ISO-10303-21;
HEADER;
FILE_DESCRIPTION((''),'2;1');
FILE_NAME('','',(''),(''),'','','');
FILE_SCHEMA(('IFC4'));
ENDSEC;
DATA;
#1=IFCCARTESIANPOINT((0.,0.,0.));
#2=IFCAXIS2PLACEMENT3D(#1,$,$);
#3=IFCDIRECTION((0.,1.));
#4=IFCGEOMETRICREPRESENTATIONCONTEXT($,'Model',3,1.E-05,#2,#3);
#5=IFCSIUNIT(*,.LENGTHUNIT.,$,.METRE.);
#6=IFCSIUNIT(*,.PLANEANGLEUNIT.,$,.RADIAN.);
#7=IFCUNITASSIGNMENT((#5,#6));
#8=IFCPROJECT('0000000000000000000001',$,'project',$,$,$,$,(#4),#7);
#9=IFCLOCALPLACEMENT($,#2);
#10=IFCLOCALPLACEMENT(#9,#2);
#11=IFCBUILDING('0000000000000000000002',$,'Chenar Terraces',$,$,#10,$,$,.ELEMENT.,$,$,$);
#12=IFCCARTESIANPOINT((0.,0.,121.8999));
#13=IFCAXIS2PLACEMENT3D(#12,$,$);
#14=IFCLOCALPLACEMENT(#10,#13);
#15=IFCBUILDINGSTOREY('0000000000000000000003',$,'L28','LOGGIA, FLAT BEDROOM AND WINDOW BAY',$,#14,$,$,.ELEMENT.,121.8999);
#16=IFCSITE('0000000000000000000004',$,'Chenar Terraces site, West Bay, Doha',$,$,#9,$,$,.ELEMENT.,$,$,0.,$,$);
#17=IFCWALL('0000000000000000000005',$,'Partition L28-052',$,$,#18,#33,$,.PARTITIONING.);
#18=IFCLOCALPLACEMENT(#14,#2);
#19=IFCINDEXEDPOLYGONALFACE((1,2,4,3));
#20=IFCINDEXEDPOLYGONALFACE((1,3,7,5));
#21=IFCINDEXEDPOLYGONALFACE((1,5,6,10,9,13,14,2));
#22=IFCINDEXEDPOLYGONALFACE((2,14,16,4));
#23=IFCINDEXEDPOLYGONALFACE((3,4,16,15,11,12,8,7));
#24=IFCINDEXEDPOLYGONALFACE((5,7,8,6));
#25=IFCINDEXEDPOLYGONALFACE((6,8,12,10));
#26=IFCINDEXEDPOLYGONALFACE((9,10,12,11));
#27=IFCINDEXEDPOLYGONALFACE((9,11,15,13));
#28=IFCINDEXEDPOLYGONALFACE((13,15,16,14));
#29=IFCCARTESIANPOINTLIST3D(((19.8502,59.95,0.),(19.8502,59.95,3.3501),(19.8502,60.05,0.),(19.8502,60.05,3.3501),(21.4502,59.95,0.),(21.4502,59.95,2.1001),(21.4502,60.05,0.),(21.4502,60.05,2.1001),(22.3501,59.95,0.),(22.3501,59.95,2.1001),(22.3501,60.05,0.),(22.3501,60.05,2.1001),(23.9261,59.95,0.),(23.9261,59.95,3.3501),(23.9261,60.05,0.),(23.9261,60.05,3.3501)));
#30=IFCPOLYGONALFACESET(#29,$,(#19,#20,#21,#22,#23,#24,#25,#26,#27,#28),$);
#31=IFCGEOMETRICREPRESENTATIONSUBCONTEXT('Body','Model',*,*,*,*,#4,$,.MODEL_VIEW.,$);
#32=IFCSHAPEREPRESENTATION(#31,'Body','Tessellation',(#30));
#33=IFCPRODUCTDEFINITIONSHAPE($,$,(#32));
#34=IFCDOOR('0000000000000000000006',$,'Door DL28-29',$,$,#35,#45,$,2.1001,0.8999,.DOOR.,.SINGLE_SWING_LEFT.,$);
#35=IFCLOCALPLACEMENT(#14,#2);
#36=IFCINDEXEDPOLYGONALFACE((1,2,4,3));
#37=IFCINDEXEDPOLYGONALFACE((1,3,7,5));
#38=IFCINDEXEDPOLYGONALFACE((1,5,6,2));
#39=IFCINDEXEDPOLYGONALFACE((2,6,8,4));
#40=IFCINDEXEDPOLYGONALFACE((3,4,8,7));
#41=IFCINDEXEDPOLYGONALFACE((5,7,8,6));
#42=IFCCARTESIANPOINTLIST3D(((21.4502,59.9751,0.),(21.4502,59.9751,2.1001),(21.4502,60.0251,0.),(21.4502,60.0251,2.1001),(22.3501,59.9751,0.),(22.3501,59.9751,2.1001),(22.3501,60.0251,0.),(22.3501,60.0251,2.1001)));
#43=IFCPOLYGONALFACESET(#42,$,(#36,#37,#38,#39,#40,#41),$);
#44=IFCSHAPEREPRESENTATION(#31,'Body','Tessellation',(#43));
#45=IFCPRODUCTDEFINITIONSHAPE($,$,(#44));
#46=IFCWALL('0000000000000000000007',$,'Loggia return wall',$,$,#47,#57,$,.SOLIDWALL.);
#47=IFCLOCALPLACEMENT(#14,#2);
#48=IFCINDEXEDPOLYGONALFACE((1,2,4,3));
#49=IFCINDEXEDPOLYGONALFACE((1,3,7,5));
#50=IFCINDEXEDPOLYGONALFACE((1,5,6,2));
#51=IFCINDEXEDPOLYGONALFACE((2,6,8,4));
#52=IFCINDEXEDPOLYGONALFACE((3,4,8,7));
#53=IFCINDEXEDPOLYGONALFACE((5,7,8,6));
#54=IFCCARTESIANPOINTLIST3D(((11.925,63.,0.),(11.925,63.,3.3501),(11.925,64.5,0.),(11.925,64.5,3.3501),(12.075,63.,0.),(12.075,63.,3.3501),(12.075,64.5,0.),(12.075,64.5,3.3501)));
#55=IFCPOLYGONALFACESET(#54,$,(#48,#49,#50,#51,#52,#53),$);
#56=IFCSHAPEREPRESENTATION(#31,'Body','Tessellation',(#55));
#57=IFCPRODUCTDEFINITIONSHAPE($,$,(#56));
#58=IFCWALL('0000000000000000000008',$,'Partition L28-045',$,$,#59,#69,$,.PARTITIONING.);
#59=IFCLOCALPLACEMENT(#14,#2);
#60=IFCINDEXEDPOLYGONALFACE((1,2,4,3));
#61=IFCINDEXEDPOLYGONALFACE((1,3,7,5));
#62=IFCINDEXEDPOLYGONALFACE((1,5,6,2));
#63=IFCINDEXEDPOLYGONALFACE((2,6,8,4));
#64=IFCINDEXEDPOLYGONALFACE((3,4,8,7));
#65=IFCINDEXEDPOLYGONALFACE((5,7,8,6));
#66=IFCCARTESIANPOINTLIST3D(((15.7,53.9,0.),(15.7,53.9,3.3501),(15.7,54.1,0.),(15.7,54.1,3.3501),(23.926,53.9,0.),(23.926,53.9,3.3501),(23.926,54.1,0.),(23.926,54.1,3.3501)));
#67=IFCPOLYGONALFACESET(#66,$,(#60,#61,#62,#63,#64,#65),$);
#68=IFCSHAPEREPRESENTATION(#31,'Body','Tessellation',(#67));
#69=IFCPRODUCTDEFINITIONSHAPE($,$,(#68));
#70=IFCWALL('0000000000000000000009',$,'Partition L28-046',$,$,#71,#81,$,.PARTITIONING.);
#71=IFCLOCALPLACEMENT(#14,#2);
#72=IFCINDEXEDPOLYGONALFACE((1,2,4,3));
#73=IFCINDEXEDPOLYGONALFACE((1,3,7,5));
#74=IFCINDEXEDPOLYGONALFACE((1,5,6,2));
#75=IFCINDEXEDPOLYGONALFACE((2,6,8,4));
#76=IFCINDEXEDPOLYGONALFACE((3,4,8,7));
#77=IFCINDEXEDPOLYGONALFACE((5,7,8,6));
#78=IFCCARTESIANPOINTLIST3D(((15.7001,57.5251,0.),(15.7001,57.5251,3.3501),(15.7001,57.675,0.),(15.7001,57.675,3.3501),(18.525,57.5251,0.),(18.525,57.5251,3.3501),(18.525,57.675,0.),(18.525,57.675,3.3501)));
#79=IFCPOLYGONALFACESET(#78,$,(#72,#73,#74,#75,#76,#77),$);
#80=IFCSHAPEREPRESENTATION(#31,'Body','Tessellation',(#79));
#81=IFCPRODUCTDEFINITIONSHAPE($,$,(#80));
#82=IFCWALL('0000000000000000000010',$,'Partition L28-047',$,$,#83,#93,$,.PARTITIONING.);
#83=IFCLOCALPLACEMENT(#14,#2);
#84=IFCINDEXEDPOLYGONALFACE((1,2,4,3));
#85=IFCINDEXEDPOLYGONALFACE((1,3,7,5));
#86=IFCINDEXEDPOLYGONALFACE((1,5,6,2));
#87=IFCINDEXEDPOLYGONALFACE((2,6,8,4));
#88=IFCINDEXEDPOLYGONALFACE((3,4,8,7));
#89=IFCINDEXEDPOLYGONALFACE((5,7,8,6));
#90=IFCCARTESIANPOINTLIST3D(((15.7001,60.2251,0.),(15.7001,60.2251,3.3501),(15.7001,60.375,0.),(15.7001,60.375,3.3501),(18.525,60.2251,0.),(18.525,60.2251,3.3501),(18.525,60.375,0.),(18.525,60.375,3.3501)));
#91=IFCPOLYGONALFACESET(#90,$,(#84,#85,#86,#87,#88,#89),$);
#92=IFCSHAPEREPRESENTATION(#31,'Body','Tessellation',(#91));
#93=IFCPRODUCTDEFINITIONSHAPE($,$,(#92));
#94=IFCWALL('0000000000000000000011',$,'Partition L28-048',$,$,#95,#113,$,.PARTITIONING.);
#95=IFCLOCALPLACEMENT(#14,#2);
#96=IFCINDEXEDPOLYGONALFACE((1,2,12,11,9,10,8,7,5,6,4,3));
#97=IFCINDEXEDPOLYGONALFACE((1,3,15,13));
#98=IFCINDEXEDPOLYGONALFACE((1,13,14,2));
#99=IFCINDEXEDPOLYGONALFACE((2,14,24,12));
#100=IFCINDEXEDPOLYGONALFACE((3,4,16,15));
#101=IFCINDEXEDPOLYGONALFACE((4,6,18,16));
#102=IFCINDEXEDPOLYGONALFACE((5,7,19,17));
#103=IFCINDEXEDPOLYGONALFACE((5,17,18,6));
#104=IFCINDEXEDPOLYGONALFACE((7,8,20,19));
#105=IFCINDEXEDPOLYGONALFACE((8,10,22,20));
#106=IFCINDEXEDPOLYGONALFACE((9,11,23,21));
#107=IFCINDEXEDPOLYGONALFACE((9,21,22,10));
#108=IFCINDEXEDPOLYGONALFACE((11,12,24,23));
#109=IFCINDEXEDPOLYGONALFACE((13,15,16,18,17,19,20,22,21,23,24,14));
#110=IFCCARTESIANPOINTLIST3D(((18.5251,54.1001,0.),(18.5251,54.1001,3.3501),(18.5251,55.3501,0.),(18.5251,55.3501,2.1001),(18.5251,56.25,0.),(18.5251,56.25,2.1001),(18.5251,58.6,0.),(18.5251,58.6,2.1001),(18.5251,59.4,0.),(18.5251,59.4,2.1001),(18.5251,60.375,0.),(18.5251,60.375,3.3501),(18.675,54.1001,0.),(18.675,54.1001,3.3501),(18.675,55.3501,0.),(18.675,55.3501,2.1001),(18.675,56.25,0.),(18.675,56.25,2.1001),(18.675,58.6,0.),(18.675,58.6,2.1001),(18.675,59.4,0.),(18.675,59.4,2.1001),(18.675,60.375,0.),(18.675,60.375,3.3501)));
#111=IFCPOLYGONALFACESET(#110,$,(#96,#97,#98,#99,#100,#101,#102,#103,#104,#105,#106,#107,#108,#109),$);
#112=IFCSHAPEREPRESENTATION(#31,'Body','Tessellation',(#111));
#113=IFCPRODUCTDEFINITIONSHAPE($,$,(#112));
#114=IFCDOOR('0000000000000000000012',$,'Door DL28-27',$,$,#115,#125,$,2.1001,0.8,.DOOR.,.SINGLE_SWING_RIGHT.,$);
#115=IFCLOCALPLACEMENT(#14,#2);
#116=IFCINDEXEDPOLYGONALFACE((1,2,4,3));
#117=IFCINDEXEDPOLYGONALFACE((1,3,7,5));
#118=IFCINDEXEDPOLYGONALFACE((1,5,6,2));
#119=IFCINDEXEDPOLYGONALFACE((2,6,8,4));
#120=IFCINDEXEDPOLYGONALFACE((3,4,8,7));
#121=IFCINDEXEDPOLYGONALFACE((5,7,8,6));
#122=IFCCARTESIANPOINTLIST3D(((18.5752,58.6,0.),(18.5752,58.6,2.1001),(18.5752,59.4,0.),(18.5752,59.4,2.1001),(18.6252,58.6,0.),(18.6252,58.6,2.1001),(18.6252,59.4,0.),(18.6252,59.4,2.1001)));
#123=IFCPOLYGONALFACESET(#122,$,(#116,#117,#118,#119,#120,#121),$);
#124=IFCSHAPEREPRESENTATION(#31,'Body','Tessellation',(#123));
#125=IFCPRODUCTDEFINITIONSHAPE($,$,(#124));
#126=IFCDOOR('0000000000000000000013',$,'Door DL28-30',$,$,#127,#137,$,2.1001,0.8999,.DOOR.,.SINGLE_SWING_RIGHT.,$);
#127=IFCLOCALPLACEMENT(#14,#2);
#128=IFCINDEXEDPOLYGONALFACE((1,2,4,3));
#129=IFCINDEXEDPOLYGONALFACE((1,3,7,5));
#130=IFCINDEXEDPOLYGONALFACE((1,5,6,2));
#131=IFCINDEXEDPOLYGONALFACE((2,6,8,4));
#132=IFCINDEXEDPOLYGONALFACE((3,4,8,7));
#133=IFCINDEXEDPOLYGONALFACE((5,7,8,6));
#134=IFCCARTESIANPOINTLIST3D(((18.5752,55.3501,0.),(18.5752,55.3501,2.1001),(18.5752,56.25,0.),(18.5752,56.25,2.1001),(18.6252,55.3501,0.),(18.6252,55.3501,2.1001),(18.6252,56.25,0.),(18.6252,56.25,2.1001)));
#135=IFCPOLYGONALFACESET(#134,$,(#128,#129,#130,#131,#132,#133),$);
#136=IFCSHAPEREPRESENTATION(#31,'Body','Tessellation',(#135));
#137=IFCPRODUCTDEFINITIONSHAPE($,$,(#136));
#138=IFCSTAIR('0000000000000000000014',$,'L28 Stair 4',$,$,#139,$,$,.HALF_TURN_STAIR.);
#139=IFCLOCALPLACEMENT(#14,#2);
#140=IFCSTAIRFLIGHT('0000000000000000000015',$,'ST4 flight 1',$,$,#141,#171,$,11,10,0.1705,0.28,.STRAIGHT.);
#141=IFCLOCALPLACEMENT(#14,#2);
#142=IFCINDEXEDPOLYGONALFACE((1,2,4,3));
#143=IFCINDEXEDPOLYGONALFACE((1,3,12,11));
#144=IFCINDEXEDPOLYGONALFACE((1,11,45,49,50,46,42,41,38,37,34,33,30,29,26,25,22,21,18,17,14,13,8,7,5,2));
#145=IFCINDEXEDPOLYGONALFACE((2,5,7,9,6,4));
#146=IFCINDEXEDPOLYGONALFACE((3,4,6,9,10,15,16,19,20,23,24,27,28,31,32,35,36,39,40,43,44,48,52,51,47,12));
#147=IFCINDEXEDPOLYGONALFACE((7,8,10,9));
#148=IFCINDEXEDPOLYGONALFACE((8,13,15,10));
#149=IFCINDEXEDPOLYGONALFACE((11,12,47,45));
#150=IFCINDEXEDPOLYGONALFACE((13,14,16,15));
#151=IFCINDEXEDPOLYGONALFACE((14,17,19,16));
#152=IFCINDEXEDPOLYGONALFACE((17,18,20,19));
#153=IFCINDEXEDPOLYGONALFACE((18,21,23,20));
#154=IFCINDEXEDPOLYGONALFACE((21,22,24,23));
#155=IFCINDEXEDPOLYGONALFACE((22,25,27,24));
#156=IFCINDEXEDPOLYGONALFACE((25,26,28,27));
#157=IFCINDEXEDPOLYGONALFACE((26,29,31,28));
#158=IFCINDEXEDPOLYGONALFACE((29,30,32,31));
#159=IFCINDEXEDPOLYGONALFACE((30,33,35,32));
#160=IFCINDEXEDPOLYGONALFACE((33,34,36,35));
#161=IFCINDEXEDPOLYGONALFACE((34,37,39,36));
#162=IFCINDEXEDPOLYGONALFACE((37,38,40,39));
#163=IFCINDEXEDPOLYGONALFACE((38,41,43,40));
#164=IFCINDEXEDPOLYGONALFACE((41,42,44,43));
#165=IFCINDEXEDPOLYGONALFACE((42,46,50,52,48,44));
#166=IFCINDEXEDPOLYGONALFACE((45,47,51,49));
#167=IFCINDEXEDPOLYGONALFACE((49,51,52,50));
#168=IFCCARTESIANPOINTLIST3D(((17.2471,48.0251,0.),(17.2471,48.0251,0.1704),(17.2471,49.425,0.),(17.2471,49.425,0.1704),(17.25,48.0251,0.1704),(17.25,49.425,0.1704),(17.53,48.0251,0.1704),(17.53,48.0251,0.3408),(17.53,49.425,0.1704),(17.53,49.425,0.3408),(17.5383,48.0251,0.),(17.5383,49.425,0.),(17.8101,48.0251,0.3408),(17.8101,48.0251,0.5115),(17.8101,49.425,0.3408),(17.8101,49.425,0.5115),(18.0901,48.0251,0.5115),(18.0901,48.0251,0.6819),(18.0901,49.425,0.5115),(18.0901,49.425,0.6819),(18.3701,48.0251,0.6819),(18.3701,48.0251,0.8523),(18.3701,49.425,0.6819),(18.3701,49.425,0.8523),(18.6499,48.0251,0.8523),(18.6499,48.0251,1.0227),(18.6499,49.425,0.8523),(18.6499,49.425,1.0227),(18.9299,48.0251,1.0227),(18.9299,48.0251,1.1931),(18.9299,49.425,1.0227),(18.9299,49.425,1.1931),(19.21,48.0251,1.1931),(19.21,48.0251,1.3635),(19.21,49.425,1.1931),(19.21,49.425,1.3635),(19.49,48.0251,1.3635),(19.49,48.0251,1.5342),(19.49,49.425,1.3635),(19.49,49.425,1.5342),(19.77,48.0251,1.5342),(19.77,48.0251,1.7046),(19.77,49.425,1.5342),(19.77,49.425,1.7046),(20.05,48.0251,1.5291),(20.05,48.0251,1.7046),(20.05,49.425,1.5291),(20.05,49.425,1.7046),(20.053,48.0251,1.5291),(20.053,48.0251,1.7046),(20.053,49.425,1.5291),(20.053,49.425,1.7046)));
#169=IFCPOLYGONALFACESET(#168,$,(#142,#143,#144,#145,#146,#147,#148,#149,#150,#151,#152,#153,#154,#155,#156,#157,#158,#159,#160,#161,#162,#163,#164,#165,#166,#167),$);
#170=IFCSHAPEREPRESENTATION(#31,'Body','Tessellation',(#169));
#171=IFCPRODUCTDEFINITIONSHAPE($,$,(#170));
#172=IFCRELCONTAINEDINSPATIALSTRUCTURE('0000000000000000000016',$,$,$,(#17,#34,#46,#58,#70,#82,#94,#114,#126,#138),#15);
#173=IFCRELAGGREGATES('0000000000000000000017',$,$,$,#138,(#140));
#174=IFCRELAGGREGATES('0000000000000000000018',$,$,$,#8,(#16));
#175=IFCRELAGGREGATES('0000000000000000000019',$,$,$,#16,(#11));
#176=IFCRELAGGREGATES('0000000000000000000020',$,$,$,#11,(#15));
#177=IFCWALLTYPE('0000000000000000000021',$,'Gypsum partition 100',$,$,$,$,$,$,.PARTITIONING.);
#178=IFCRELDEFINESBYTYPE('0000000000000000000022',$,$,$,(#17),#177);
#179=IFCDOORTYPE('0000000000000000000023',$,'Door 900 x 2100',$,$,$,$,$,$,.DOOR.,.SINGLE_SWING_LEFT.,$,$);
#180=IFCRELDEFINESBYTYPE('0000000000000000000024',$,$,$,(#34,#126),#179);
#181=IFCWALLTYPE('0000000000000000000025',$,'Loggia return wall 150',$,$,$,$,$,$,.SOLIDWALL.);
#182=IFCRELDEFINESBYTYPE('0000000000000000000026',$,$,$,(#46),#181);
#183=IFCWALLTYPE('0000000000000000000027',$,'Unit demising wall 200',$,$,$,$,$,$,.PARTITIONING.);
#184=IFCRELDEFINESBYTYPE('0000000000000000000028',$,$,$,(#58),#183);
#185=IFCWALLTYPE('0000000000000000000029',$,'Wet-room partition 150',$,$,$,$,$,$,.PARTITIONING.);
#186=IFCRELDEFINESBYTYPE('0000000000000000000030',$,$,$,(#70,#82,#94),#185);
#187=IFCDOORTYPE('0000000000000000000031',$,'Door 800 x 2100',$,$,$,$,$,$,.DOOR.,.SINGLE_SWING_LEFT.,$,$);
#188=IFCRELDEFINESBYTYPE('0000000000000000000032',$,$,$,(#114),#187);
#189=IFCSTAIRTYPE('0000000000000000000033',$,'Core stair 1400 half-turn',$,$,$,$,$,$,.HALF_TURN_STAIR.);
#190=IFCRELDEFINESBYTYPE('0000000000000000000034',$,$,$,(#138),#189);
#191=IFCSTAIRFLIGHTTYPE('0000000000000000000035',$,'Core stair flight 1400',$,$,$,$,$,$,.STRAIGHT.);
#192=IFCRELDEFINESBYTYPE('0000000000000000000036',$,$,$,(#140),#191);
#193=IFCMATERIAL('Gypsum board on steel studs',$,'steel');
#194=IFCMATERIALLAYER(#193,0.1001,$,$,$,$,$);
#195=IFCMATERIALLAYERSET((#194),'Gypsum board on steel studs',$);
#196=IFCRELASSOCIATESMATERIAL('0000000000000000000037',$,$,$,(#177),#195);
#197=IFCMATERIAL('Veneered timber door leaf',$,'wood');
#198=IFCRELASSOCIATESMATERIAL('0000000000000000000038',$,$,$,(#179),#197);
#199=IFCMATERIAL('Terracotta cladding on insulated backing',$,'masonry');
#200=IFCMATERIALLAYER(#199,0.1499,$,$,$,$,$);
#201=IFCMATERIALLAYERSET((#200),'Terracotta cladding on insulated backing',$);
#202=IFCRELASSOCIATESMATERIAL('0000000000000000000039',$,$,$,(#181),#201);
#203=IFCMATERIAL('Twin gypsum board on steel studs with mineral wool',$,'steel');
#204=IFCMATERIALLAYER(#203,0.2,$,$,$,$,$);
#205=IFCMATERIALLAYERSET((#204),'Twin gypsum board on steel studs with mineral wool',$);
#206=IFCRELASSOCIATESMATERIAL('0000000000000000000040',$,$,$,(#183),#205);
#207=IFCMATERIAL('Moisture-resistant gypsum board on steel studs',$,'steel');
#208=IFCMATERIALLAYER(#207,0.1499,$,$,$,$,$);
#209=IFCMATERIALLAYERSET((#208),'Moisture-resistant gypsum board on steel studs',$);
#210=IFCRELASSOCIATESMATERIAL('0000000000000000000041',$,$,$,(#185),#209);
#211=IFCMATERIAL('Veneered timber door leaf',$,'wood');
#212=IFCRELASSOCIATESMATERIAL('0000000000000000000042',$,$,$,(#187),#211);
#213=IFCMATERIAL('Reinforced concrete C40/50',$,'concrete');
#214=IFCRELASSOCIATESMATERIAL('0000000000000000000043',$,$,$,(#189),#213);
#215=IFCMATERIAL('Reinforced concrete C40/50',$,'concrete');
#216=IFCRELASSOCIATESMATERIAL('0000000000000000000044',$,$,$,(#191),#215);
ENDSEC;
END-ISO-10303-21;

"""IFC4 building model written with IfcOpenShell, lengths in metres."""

from ifc_helpers import new_model, si_unit, direction, frame, frame_2d, origin, place, context, subcontext, project, spatial, polyline, rectangle, outline, extrude, material, layer, layer_set, type_object, element, fill, aggregate, save


model = new_model("IFC4")

# Units and contexts
model_context = context("Model", 3, precision=1e-05, world=origin(), true_north=direction((0.0, 1.0)))
body_context = subcontext(model_context, "Body", "Model", "MODEL_VIEW")
ifc_project = project(units=[si_unit("LENGTHUNIT", "METRE"), si_unit("PLANEANGLEUNIT", "RADIAN")], contexts=[model_context])

# Site, building, storey
site_placement = place(None, origin())
site = spatial("IfcSite", under=ifc_project, at=site_placement, Name="Chenar Terraces site, West Bay, Doha", CompositionType="ELEMENT", RefElevation=0.0)
building_placement = place(site_placement, origin())
building = spatial("IfcBuilding", under=site, at=building_placement, Name="Chenar Terraces", CompositionType="ELEMENT")
storey_placement = place(building_placement, frame((0.0, 0.0, 121.8999)))
storey = spatial("IfcBuildingStorey", under=building, at=storey_placement, Name="L28", Description="LOGGIA, FLAT BEDROOM AND WINDOW BAY", CompositionType="ELEMENT", Elevation=121.8999)

# Shared definitions
ifc_material_1 = material(Name="Gypsum board on steel studs", Category="steel")
ifc_layer_1 = layer(ifc_material_1, 0.1001)
ifc_layer_set_1 = layer_set([ifc_layer_1], Name="Gypsum board on steel studs")
wall_type_1 = type_object("IfcWallType", Name="Gypsum partition 100", PredefinedType="PARTITIONING", material=ifc_layer_set_1)
ifc_material_2 = material(Name="Veneered timber door leaf", Category="wood")
door_type_1 = type_object("IfcDoorType", Name="Door 900 x 2100", OperationType="SINGLE_SWING_LEFT", PredefinedType="DOOR", material=ifc_material_2)

# Wall, opening, door
wall_1_placement = place(storey_placement, frame((19.8501, 60.0, 0.0), z_axis=(0.0, 0.0, 1.0), x_axis=(1.0, 0.0, 0.0)))
wall_1 = element("IfcWall", 1, at=wall_1_placement, inside=storey, type_object=wall_type_1, Name="Partition L28-052", PredefinedType="PARTITIONING", context=body_context, shape_type="SweptSolid", body=[
    extrude(rectangle(XDim=4.0759, YDim=0.1001, at=frame_2d((2.0381, 0.0))), origin(), (0.0, 0.0, 1.0), 3.3501),
])
opening_1_placement = place(wall_1_placement, frame((1.6001, 0.0, 0.0)))
opening_1 = element("IfcOpeningElement", 2, at=opening_1_placement, cuts=wall_1, PredefinedType="OPENING", context=body_context, shape_type="SweptSolid", body=[
    extrude(rectangle(XDim=0.8999, YDim=2.1001, at=frame_2d((0.45, 1.05))), frame((0.0, 0.0601, 0.0), z_axis=(0.0, -1.0, 0.0), x_axis=(1.0, 0.0, 0.0)), (0.0, 0.0, 1.0), 0.1201),
])
door_1_placement = place(opening_1_placement, frame((0.8999, 0.0, 0.0), z_axis=(0.0, 0.0, 1.0), x_axis=(-1.0, 0.0, 0.0)))
door_1 = element("IfcDoor", 3, at=door_1_placement, inside=storey, type_object=door_type_1, Name="Door DL28-29", OperationType="SINGLE_SWING_LEFT", OverallHeight=2.1001, OverallWidth=0.8999, PredefinedType="DOOR", context=body_context, shape_type="SweptSolid", body=[
    extrude(rectangle(XDim=0.8999, YDim=2.1001, at=frame_2d((0.45, 1.05))), frame((0.0, 0.0249, 0.0), z_axis=(0.0, -1.0, 0.0), x_axis=(1.0, 0.0, 0.0)), (0.0, 0.0, 1.0), 0.05),
])
fill(opening_1, door_1)

# Walls
ifc_material_3 = material(Name="Terracotta cladding on insulated backing", Category="masonry")
ifc_layer_2 = layer(ifc_material_3, 0.1499)
ifc_layer_set_2 = layer_set([ifc_layer_2], Name="Terracotta cladding on insulated backing")
wall_type_2 = type_object("IfcWallType", Name="Loggia return wall 150", PredefinedType="SOLIDWALL", material=ifc_layer_set_2)
wall_2_placement = place(storey_placement, frame((12.0, 64.5, 0.0), z_axis=(0.0, 0.0, 1.0), x_axis=(0.0, -1.0, 0.0)))
element("IfcWall", 4, at=wall_2_placement, inside=storey, type_object=wall_type_2, Name="Loggia return wall", PredefinedType="SOLIDWALL", context=body_context, shape_type="SweptSolid", body=[
    extrude(rectangle(XDim=1.5, YDim=0.1499, at=frame_2d((0.75, 0.0))), origin(), (0.0, 0.0, 1.0), 3.3501),
])
ifc_material_4 = material(Name="Twin gypsum board on steel studs with mineral wool", Category="steel")
ifc_layer_3 = layer(ifc_material_4, 0.2)
ifc_layer_set_3 = layer_set([ifc_layer_3], Name="Twin gypsum board on steel studs with mineral wool")
wall_type_3 = type_object("IfcWallType", Name="Unit demising wall 200", PredefinedType="PARTITIONING", material=ifc_layer_set_3)
wall_3_placement = place(storey_placement, frame((15.7, 54.0, 0.0), z_axis=(0.0, 0.0, 1.0), x_axis=(1.0, 0.0, 0.0)))
element("IfcWall", 5, at=wall_3_placement, inside=storey, type_object=wall_type_3, Name="Partition L28-045", PredefinedType="PARTITIONING", context=body_context, shape_type="SweptSolid", body=[
    extrude(rectangle(XDim=8.2261, YDim=0.2, at=frame_2d((4.113, 0.0))), origin(), (0.0, 0.0, 1.0), 3.3501),
])
ifc_material_5 = material(Name="Moisture-resistant gypsum board on steel studs", Category="steel")
ifc_layer_4 = layer(ifc_material_5, 0.1499)
ifc_layer_set_4 = layer_set([ifc_layer_4], Name="Moisture-resistant gypsum board on steel studs")
wall_type_4 = type_object("IfcWallType", Name="Wet-room partition 150", PredefinedType="PARTITIONING", material=ifc_layer_set_4)
for number, where, z_axis, x_axis, name in (
    (6, (15.7, 57.6001, 0.0), (0.0, 0.0, 1.0), (1.0, 0.0, 0.0), "Partition L28-046"),
    (7, (15.7, 60.3, 0.0), (0.0, 0.0, 1.0), (1.0, 0.0, 0.0), "Partition L28-047"),
):
    element("IfcWall", number, at=place(storey_placement, frame(where, z_axis=z_axis, x_axis=x_axis)), inside=storey, type_object=wall_type_4, Name=name, PredefinedType="PARTITIONING", context=body_context, shape_type="SweptSolid", body=[
        extrude(rectangle(XDim=2.825, YDim=0.1499, at=frame_2d((1.4126, 0.0))), origin(), (0.0, 0.0, 1.0), 3.3501),
    ])

# Wall, openings, doors
wall_4_placement = place(storey_placement, frame((18.6001, 54.1001, 0.0), z_axis=(0.0, 0.0, 1.0), x_axis=(0.0, 1.0, 0.0)))
wall_4 = element("IfcWall", 8, at=wall_4_placement, inside=storey, type_object=wall_type_4, Name="Partition L28-048", PredefinedType="PARTITIONING", context=body_context, shape_type="SweptSolid", body=[
    extrude(rectangle(XDim=6.2749, YDim=0.1499, at=frame_2d((3.1375, 0.0))), origin(), (0.0, 0.0, 1.0), 3.3501),
])
opening_2_placement = place(wall_4_placement, frame((4.5, 0.0, 0.0)))
opening_2 = element("IfcOpeningElement", 9, at=opening_2_placement, cuts=wall_4, PredefinedType="OPENING", context=body_context, shape_type="SweptSolid", body=[
    extrude(rectangle(XDim=0.8, YDim=2.1001, at=frame_2d((0.3999, 1.05))), frame((0.0, 0.085, 0.0), z_axis=(0.0, -1.0, 0.0), x_axis=(1.0, 0.0, 0.0)), (0.0, 0.0, 1.0), 0.1699),
])
opening_3_placement = place(wall_4_placement, frame((1.25, 0.0, 0.0)))
opening_3 = element("IfcOpeningElement", 10, at=opening_3_placement, cuts=wall_4, PredefinedType="OPENING", context=body_context, shape_type="SweptSolid", body=[
    extrude(rectangle(XDim=0.8999, YDim=2.1001, at=frame_2d((0.45, 1.05))), frame((0.0, 0.085, 0.0), z_axis=(0.0, -1.0, 0.0), x_axis=(1.0, 0.0, 0.0)), (0.0, 0.0, 1.0), 0.1699),
])
ifc_material_6 = material(Name="Veneered timber door leaf", Category="wood")
door_type_2 = type_object("IfcDoorType", Name="Door 800 x 2100", OperationType="SINGLE_SWING_LEFT", PredefinedType="DOOR", material=ifc_material_6)
door_2_placement = place(opening_2_placement, origin())
door_2 = element("IfcDoor", 11, at=door_2_placement, inside=storey, type_object=door_type_2, Name="Door DL28-27", OperationType="SINGLE_SWING_RIGHT", OverallHeight=2.1001, OverallWidth=0.8, PredefinedType="DOOR", context=body_context, shape_type="SweptSolid", body=[
    extrude(rectangle(XDim=0.8, YDim=2.1001, at=frame_2d((0.3999, 1.05))), frame((0.0, 0.0249, 0.0), z_axis=(0.0, -1.0, 0.0), x_axis=(1.0, 0.0, 0.0)), (0.0, 0.0, 1.0), 0.05),
])
fill(opening_2, door_2)
door_3_placement = place(opening_3_placement, origin())
door_3 = element("IfcDoor", 12, at=door_3_placement, inside=storey, type_object=door_type_1, Name="Door DL28-30", OperationType="SINGLE_SWING_RIGHT", OverallHeight=2.1001, OverallWidth=0.8999, PredefinedType="DOOR", context=body_context, shape_type="SweptSolid", body=[
    extrude(rectangle(XDim=0.8999, YDim=2.1001, at=frame_2d((0.45, 1.05))), frame((0.0, 0.0249, 0.0), z_axis=(0.0, -1.0, 0.0), x_axis=(1.0, 0.0, 0.0)), (0.0, 0.0, 1.0), 0.05),
])
fill(opening_3, door_3)

# Stair, stair flight
ifc_material_7 = material(Name="Reinforced concrete C40/50", Category="concrete")
stair_type = type_object("IfcStairType", Name="Core stair 1400 half-turn", PredefinedType="HALF_TURN_STAIR", material=ifc_material_7)
stair_placement = place(storey_placement, origin())
stair = element("IfcStair", 13, at=stair_placement, inside=storey, type_object=stair_type, Name="L28 Stair 4", PredefinedType="HALF_TURN_STAIR")
ifc_material_8 = material(Name="Reinforced concrete C40/50", Category="concrete")
stair_flight_type = type_object("IfcStairFlightType", Name="Core stair flight 1400", PredefinedType="STRAIGHT", material=ifc_material_8)
stair_flight_1_placement = place(storey_placement, frame((17.25, 48.7251, 0.0), z_axis=(0.0, 0.0, 1.0), x_axis=(1.0, 0.0, 0.0)))
stair_flight_1 = element("IfcStairFlight", 14, at=stair_flight_1_placement, type_object=stair_flight_type, Name="ST4 flight 1", NumberOfRisers=11, NumberOfTreads=10, PredefinedType="STRAIGHT", RiserHeight=0.1705, TreadLength=0.28, context=body_context, shape_type="SweptSolid", body=[
    extrude(outline(polyline([(-0.0029, 0.0), (-0.0029, 0.1704), (0.0, 0.1704), (0.28, 0.1704), (0.28, 0.3408), (0.5601, 0.3408), (0.5601, 0.5115), (0.8401, 0.5115), (0.8401, 0.6819), (1.1201, 0.6819), (1.1201, 0.8523), (1.3999, 0.8523), (1.3999, 1.0227), (1.6799, 1.0227), (1.6799, 1.1931), (1.96, 1.1931), (1.96, 1.3635), (2.24, 1.3635), (2.24, 1.5342), (2.52, 1.5342), (2.52, 1.7046), (2.8, 1.7046), (2.803, 1.7046), (2.803, 1.5291), (2.8, 1.5291), (0.2883, 0.0), (-0.0029, 0.0)])), frame((0.0, 0.7, 0.0), z_axis=(0.0, -1.0, 0.0), x_axis=(1.0, 0.0, 0.0)), (0.0, 0.0, 1.0), 1.3999),
])
aggregate(stair, [stair_flight_1])

save(model, "model.ifc")
